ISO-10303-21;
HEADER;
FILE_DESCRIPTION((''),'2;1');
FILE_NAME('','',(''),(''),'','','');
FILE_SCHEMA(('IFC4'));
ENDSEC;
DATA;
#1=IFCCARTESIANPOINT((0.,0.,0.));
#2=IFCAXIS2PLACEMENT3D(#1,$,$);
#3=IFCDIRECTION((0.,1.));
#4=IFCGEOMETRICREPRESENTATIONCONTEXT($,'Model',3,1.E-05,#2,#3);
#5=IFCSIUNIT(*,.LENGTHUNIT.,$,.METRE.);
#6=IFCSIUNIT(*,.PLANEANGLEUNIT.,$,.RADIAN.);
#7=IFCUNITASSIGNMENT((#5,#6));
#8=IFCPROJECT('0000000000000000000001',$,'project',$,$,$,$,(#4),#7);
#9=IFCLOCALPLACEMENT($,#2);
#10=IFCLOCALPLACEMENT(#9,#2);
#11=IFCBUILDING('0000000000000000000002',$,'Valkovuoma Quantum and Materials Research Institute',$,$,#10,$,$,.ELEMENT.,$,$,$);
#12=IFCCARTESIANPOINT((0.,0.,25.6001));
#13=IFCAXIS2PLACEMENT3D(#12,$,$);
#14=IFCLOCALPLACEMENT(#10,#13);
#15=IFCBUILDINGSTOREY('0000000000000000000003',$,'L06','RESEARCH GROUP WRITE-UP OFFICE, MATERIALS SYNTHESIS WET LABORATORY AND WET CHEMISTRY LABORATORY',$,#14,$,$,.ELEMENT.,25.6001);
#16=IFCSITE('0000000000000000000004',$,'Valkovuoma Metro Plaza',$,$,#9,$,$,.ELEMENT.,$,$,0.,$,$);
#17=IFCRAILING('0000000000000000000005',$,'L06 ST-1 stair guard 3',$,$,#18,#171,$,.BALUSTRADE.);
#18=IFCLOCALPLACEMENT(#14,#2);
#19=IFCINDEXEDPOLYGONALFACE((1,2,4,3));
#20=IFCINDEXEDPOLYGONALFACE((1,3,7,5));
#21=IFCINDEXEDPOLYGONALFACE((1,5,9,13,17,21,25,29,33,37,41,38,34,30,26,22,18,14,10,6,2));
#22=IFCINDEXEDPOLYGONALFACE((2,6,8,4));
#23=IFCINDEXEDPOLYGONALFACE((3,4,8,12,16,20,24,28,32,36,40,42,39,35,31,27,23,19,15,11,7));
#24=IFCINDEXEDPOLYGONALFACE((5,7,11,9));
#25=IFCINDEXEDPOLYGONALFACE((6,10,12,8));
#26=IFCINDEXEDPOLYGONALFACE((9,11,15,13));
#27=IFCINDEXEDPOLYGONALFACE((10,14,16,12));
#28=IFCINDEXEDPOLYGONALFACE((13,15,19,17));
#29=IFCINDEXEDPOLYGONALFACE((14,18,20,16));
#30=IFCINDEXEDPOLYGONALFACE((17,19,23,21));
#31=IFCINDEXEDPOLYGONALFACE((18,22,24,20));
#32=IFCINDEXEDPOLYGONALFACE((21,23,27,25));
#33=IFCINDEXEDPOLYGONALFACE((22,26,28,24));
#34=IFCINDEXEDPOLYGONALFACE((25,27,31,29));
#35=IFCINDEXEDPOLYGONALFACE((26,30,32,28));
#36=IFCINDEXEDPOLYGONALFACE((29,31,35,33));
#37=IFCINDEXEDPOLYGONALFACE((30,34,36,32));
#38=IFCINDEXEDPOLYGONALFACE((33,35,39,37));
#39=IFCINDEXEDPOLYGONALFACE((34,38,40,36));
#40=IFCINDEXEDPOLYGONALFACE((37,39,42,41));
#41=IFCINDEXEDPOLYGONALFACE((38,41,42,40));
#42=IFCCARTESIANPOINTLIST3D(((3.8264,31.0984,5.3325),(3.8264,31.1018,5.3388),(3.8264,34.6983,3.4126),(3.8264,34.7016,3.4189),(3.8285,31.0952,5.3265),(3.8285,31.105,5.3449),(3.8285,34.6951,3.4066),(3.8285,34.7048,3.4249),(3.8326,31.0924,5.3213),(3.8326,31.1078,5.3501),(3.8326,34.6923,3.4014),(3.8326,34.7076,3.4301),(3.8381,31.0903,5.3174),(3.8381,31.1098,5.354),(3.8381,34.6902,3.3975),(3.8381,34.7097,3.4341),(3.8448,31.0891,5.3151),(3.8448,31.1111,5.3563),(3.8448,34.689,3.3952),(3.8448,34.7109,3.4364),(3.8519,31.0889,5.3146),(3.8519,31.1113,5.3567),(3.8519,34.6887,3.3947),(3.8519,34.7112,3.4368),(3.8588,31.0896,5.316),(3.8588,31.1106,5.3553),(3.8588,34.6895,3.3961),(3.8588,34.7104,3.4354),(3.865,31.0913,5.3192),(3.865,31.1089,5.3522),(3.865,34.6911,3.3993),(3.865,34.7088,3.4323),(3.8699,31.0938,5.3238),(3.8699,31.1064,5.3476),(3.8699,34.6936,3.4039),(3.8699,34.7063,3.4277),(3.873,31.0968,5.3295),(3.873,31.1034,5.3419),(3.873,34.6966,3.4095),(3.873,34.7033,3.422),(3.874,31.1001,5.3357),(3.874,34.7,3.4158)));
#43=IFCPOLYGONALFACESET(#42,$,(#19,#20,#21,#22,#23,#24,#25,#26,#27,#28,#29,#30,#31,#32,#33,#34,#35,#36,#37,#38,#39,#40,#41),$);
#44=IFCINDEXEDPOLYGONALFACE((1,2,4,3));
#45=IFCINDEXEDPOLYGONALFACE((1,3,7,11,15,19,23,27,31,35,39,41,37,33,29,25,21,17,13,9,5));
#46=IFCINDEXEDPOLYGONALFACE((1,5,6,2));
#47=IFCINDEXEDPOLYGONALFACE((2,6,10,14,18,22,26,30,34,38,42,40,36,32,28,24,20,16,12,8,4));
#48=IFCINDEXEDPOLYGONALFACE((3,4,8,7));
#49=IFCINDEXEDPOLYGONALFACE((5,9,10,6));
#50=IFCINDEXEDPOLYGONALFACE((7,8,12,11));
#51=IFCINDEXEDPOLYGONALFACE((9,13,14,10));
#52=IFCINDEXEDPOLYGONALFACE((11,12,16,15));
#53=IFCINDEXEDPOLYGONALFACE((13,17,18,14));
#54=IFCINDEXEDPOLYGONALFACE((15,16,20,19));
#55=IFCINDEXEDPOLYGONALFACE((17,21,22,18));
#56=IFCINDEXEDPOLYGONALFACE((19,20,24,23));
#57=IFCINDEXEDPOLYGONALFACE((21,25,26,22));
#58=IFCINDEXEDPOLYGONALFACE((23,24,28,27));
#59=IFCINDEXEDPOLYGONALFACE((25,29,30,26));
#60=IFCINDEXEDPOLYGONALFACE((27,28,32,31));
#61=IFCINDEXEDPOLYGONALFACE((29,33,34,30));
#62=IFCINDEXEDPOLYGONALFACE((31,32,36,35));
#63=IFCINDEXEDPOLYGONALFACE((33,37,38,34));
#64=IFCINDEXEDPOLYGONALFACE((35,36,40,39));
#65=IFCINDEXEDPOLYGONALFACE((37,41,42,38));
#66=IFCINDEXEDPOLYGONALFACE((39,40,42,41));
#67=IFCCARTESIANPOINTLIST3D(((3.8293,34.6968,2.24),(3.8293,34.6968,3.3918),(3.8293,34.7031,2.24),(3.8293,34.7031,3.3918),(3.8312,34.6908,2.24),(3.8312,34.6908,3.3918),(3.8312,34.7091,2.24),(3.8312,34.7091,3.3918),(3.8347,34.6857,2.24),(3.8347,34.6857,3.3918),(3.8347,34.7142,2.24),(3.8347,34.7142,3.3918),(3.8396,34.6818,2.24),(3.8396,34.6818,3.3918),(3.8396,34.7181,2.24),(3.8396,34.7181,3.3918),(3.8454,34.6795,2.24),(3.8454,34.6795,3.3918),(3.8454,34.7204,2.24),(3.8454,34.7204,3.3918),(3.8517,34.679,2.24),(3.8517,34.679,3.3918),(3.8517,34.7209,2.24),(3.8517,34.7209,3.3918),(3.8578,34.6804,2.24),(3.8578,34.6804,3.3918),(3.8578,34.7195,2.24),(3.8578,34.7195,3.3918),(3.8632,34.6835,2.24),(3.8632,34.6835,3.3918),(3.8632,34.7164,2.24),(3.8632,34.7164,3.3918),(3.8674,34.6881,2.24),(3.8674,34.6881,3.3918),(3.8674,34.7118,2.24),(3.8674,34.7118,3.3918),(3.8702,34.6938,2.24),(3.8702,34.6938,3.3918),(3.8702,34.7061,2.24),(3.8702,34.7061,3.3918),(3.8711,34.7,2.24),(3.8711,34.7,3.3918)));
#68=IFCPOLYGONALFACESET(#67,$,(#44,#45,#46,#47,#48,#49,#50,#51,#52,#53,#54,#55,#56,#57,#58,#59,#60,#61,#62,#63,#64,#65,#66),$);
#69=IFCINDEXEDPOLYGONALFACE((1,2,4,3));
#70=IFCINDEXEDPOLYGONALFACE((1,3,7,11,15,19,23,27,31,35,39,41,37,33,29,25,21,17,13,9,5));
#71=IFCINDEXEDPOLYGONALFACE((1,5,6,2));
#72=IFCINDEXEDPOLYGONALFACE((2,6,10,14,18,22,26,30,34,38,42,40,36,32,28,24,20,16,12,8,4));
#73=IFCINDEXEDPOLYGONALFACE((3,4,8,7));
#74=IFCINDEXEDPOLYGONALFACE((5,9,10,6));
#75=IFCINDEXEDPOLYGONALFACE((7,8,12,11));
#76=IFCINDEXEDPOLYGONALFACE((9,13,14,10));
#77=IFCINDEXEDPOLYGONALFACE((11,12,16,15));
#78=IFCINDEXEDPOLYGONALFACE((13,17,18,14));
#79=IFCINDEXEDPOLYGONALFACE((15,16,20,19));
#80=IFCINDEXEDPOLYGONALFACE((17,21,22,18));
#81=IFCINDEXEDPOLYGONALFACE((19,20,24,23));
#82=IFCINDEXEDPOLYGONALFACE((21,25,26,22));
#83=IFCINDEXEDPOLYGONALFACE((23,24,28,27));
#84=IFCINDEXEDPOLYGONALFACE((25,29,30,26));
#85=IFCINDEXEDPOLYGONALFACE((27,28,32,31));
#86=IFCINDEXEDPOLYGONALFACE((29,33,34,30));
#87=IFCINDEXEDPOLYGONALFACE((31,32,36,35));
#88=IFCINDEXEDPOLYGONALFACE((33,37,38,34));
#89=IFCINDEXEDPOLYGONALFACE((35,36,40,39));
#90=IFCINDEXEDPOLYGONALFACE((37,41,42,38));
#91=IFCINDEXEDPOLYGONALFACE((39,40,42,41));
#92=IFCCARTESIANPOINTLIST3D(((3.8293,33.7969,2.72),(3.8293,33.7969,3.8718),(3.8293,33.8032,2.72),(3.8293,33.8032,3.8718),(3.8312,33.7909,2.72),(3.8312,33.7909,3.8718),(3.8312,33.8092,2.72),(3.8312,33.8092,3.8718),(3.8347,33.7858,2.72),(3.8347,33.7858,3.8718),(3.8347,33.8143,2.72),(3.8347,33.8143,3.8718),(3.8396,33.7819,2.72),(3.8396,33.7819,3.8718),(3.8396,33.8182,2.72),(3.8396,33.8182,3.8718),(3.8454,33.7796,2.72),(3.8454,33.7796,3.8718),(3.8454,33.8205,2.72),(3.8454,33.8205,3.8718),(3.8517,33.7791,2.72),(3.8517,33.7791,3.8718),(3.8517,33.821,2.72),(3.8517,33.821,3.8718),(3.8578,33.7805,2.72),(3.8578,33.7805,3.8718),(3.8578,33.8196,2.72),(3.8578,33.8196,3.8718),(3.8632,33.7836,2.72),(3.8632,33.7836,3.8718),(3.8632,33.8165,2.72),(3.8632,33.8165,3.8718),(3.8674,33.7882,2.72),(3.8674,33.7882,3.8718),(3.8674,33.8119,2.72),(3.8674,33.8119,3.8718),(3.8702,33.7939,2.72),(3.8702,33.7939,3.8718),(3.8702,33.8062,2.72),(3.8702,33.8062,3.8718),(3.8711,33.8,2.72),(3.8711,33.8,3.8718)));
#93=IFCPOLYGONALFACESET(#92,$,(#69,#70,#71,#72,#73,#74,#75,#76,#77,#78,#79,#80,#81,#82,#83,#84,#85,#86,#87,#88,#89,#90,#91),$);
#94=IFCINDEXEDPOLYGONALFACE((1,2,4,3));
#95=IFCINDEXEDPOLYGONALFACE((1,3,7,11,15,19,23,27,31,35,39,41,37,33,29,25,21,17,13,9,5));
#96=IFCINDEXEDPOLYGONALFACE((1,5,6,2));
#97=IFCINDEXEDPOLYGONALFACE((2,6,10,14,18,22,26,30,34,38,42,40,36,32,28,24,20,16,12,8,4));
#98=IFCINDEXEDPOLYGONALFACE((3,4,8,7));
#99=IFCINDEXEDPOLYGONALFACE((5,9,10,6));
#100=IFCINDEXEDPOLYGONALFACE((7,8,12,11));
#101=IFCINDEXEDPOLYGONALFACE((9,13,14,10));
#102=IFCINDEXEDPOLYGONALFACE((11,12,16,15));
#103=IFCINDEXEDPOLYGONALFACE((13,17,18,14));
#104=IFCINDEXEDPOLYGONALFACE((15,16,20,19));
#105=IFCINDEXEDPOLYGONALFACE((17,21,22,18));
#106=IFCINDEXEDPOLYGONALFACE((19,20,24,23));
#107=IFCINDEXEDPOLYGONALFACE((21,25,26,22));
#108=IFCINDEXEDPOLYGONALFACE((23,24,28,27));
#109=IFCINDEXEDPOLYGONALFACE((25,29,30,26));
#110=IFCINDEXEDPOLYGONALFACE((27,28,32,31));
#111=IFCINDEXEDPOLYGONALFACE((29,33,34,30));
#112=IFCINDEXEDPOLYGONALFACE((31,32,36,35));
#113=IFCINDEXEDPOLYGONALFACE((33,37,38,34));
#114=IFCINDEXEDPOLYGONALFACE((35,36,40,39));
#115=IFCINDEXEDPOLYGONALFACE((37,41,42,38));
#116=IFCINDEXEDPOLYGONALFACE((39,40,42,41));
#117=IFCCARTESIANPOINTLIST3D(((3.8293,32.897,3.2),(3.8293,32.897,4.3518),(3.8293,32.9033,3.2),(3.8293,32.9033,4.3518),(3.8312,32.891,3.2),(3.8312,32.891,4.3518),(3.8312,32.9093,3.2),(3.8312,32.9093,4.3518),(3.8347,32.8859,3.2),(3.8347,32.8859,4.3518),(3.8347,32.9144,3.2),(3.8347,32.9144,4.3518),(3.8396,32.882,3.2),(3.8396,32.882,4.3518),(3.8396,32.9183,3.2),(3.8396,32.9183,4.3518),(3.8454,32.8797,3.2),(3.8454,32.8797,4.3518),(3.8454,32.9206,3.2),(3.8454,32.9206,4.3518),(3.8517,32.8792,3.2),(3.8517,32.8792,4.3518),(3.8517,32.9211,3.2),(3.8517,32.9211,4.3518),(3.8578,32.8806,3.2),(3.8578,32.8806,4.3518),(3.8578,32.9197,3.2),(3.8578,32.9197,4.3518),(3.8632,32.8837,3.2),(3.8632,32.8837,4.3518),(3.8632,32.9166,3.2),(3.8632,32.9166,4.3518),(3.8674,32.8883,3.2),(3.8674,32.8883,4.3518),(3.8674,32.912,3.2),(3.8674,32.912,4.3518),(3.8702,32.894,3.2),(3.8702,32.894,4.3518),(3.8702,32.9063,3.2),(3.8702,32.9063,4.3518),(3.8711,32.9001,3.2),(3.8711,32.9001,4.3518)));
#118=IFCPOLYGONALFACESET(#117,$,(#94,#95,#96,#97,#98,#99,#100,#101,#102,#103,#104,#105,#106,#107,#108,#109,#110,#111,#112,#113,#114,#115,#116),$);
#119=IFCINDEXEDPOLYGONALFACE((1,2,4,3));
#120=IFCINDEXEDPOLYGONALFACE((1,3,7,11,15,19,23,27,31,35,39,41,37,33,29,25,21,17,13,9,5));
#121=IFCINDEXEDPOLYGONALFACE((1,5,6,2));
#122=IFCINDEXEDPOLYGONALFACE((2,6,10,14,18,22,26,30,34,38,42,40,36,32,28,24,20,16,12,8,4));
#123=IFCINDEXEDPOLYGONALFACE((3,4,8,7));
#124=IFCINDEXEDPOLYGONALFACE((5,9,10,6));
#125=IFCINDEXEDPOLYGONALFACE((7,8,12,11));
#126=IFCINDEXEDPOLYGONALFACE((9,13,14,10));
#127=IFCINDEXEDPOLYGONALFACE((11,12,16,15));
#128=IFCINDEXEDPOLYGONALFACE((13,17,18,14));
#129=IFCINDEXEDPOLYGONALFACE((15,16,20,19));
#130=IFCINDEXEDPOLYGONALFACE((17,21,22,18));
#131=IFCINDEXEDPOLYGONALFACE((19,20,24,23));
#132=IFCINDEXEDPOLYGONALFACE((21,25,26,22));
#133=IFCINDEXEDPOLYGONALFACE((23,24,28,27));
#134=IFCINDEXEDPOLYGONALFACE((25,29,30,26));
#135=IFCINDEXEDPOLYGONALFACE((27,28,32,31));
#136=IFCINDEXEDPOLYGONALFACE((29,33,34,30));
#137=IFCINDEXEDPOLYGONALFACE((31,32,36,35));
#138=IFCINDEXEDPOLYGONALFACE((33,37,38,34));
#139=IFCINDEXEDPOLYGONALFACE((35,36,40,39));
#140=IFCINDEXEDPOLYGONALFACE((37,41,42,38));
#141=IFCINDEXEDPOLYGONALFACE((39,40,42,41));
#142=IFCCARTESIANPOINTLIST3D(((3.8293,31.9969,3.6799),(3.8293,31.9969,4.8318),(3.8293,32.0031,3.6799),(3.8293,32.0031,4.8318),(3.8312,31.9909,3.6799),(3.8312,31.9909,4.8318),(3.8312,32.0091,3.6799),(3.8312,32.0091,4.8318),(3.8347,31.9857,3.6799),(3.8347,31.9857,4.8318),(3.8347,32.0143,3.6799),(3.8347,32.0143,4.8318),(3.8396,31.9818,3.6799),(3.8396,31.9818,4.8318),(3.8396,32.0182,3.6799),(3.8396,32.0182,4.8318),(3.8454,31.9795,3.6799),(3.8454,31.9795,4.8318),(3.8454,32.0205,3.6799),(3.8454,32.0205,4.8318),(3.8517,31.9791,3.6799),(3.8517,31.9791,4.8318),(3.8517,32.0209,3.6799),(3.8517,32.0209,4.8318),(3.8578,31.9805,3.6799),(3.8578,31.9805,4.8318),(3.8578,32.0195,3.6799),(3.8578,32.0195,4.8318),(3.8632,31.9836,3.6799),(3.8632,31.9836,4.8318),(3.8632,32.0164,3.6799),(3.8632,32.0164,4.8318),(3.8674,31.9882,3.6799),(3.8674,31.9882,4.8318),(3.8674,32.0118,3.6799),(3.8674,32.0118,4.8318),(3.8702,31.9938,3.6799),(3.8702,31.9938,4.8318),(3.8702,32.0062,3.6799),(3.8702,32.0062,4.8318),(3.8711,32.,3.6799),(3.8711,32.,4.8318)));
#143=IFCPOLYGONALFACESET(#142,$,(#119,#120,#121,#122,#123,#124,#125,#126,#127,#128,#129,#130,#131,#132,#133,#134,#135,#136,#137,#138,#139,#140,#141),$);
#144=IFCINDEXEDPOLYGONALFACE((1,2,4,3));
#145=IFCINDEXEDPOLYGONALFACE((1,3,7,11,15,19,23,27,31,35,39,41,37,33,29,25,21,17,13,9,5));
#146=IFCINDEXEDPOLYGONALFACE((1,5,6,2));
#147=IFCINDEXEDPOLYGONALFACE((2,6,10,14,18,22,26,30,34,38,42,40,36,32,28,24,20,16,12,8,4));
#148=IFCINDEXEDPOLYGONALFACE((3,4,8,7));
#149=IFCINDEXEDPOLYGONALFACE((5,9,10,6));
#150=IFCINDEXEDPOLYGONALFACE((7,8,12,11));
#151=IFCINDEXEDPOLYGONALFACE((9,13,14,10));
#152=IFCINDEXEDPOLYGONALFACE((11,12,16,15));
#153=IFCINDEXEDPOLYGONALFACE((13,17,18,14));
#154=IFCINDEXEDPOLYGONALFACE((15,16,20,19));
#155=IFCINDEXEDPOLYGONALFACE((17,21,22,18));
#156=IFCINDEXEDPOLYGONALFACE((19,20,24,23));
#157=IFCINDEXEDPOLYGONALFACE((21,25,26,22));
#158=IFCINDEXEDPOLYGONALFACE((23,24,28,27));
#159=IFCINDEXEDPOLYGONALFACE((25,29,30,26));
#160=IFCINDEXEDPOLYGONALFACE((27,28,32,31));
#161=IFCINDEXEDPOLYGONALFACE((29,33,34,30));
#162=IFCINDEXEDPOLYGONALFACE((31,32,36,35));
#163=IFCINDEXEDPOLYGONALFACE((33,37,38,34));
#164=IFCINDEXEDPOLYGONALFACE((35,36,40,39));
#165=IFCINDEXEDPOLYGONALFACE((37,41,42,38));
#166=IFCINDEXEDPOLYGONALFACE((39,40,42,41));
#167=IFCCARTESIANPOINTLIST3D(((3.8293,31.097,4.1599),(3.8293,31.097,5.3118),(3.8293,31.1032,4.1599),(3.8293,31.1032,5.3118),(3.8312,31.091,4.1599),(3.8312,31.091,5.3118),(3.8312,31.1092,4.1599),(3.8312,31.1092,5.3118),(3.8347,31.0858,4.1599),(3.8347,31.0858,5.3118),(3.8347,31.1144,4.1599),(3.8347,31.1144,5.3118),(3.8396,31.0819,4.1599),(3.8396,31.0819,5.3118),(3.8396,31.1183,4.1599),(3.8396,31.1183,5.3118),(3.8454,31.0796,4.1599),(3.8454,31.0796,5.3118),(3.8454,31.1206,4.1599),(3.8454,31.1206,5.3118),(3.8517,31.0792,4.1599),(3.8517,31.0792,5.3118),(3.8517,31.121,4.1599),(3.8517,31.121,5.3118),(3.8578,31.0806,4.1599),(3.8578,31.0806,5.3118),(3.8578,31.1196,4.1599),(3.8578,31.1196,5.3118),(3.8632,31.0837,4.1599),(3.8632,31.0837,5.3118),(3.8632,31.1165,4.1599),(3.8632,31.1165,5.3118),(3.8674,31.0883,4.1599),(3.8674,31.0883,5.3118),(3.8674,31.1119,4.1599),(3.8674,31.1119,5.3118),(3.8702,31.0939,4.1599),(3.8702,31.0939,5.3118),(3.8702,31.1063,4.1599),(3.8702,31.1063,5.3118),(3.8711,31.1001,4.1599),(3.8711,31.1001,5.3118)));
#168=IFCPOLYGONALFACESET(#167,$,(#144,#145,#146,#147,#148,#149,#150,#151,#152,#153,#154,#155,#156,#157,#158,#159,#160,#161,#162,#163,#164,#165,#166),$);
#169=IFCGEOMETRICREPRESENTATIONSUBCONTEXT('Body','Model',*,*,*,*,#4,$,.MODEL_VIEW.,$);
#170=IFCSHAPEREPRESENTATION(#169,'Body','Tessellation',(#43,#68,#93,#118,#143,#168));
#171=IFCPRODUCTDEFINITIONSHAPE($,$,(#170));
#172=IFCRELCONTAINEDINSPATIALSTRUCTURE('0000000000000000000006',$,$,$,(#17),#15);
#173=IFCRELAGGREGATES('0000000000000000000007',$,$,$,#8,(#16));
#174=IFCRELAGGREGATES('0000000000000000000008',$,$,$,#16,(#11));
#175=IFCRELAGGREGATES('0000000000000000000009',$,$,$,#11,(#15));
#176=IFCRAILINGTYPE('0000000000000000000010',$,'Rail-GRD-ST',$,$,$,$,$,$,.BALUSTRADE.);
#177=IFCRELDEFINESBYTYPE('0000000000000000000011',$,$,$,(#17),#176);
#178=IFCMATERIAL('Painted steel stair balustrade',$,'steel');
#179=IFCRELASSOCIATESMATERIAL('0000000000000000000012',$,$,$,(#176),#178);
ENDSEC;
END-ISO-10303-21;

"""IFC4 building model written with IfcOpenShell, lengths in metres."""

from ifc_helpers import new_model, si_unit, direction, frame, origin, origin_2d, place, context, subcontext, project, spatial, circle, extrude, material, type_object, element, save


model = new_model("IFC4")

# Units and contexts
model_context = context("Model", 3, precision=1e-05, world=origin(), true_north=direction((0.0, 1.0)))
body_context = subcontext(model_context, "Body", "Model", "MODEL_VIEW")
ifc_project = project(units=[si_unit("LENGTHUNIT", "METRE"), si_unit("PLANEANGLEUNIT", "RADIAN")], contexts=[model_context])

# Site, building, storey
site_placement = place(None, origin())
site = spatial("IfcSite", under=ifc_project, at=site_placement, Name="Valkovuoma Metro Plaza", CompositionType="ELEMENT", RefElevation=0.0)
building_placement = place(site_placement, origin())
building = spatial("IfcBuilding", under=site, at=building_placement, Name="Valkovuoma Quantum and Materials Research Institute", CompositionType="ELEMENT")
storey_placement = place(building_placement, frame((0.0, 0.0, 25.6001)))
storey = spatial("IfcBuildingStorey", under=building, at=storey_placement, Name="L06", Description="RESEARCH GROUP WRITE-UP OFFICE, MATERIALS SYNTHESIS WET LABORATORY AND WET CHEMISTRY LABORATORY", CompositionType="ELEMENT", Elevation=25.6001)

# Railing
ifc_material_1 = material(Name="Painted steel stair balustrade", Category="steel")
railing_type_1 = type_object("IfcRailingType", Name="Rail-GRD-ST", PredefinedType="BALUSTRADE", material=ifc_material_1)
railing_1_placement = place(storey_placement, frame((3.8501, 34.7, 2.24)))
element("IfcRailing", 1, at=railing_1_placement, inside=storey, type_object=railing_type_1, Name="L06 ST-1 stair guard 3", PredefinedType="BALUSTRADE", context=body_context, shape_type="SweptSolid", body=[
    extrude(circle(Radius=0.0239, at=origin_2d()), frame((0.0, 0.0, 1.1758), z_axis=(0.0, -0.882353, 0.470588), x_axis=(1.0, 0.0, 0.0)), (0.0, 0.0, 1.0), 4.0798),
    extrude(circle(Radius=0.021, at=origin_2d()), origin(), (0.0, 0.0, 1.0), 1.1519),
    extrude(circle(Radius=0.021, at=origin_2d()), frame((0.0, -0.8999, 0.48)), (0.0, 0.0, 1.0), 1.1519),
    extrude(circle(Radius=0.021, at=origin_2d()), frame((0.0, -1.7998, 0.96)), (0.0, 0.0, 1.0), 1.1519),
    extrude(circle(Radius=0.021, at=origin_2d()), frame((0.0, -2.7, 1.4399)), (0.0, 0.0, 1.0), 1.1519),
    extrude(circle(Radius=0.021, at=origin_2d()), frame((0.0, -3.5999, 1.9199)), (0.0, 0.0, 1.0), 1.1519),
])

save(model, "model.ifc")
